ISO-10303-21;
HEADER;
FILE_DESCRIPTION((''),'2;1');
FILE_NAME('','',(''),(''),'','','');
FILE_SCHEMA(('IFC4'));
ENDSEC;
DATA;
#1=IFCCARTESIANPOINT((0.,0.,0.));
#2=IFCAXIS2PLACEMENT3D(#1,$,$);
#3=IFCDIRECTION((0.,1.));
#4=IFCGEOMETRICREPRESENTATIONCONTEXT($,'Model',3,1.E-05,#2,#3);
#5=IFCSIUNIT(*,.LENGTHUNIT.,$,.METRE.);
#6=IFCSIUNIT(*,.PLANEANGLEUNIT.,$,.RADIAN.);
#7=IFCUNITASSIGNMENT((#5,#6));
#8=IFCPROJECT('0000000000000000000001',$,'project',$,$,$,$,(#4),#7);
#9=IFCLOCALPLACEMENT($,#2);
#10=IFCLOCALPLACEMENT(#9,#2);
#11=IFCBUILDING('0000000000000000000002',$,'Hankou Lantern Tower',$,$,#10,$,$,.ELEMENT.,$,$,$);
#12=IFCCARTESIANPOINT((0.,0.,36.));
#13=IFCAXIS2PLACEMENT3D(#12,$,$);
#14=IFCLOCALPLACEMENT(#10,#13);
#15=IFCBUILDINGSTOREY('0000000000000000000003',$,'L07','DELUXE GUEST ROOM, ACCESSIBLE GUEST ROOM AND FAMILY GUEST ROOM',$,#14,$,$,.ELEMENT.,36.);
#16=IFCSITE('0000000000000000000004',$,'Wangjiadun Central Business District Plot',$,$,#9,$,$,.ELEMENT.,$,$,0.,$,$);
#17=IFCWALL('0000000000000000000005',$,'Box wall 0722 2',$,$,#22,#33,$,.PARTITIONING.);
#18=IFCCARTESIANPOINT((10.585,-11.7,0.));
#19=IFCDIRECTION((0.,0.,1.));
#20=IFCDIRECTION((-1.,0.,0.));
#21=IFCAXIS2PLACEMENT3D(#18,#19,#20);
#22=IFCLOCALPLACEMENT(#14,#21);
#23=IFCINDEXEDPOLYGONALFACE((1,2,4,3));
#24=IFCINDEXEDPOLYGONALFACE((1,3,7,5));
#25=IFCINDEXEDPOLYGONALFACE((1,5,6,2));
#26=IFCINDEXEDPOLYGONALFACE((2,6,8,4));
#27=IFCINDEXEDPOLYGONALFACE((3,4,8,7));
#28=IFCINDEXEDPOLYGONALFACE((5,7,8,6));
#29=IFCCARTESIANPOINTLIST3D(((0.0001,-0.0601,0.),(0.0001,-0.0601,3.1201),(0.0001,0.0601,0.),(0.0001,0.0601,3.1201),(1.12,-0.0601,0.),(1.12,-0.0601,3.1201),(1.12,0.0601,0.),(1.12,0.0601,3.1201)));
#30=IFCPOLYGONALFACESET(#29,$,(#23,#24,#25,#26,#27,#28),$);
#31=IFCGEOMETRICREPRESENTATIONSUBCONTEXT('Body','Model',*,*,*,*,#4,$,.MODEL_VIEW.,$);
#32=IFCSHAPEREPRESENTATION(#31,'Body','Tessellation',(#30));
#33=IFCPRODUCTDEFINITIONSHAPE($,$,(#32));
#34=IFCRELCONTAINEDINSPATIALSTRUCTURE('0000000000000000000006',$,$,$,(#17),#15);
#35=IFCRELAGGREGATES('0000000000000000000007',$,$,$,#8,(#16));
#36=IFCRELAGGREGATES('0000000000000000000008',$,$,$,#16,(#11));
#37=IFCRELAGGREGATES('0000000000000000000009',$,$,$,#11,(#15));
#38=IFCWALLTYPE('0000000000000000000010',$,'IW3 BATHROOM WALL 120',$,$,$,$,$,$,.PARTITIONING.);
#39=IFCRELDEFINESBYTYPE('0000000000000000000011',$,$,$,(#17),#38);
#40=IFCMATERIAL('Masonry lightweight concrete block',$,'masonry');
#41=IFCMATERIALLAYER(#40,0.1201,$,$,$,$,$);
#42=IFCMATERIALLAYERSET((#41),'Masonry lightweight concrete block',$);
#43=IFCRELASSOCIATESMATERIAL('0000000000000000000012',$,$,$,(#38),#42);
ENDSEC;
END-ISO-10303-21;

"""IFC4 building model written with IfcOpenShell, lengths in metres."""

from ifc_helpers import new_model, si_unit, direction, frame, frame_2d, origin, place, context, subcontext, project, spatial, rectangle, extrude, material, layer, layer_set, type_object, element, save


model = new_model("IFC4")

# Units and contexts
model_context = context("Model", 3, precision=1e-05, world=origin(), true_north=direction((0.0, 1.0)))
body_context = subcontext(model_context, "Body", "Model", "MODEL_VIEW")
ifc_project = project(units=[si_unit("LENGTHUNIT", "METRE"), si_unit("PLANEANGLEUNIT", "RADIAN")], contexts=[model_context])

# Site, building, storey
site_placement = place(None, origin())
site = spatial("IfcSite", under=ifc_project, at=site_placement, Name="Wangjiadun Central Business District Plot", CompositionType="ELEMENT", RefElevation=0.0)
building_placement = place(site_placement, origin())
building = spatial("IfcBuilding", under=site, at=building_placement, Name="Hankou Lantern Tower", CompositionType="ELEMENT")
storey_placement = place(building_placement, frame((0.0, 0.0, 36.0)))
storey = spatial("IfcBuildingStorey", under=building, at=storey_placement, Name="L07", Description="DELUXE GUEST ROOM, ACCESSIBLE GUEST ROOM AND FAMILY GUEST ROOM", CompositionType="ELEMENT", Elevation=36.0)

# Shared definitions
ifc_material_1 = material(Name="Masonry lightweight concrete block", Category="masonry")
ifc_layer_1 = layer(ifc_material_1, 0.1201)
ifc_layer_set_1 = layer_set([ifc_layer_1], Name="Masonry lightweight concrete block")
wall_type_1 = type_object("IfcWallType", Name="IW3 BATHROOM WALL 120", PredefinedType="PARTITIONING", material=ifc_layer_set_1)

# Wall
wall_1_placement = place(storey_placement, frame((10.585, -11.7, 0.0), z_axis=(0.0, 0.0, 1.0), x_axis=(-1.0, 0.0, 0.0)))
element("IfcWall", 1, at=wall_1_placement, inside=storey, type_object=wall_type_1, Name="Box wall 0722 2", PredefinedType="PARTITIONING", context=body_context, shape_type="SweptSolid", body=[
    extrude(rectangle(XDim=1.1199, YDim=0.1201, at=frame_2d((0.5601, 0.0))), origin(), (0.0, 0.0, 1.0), 3.1201),
])

save(model, "model.ifc")
